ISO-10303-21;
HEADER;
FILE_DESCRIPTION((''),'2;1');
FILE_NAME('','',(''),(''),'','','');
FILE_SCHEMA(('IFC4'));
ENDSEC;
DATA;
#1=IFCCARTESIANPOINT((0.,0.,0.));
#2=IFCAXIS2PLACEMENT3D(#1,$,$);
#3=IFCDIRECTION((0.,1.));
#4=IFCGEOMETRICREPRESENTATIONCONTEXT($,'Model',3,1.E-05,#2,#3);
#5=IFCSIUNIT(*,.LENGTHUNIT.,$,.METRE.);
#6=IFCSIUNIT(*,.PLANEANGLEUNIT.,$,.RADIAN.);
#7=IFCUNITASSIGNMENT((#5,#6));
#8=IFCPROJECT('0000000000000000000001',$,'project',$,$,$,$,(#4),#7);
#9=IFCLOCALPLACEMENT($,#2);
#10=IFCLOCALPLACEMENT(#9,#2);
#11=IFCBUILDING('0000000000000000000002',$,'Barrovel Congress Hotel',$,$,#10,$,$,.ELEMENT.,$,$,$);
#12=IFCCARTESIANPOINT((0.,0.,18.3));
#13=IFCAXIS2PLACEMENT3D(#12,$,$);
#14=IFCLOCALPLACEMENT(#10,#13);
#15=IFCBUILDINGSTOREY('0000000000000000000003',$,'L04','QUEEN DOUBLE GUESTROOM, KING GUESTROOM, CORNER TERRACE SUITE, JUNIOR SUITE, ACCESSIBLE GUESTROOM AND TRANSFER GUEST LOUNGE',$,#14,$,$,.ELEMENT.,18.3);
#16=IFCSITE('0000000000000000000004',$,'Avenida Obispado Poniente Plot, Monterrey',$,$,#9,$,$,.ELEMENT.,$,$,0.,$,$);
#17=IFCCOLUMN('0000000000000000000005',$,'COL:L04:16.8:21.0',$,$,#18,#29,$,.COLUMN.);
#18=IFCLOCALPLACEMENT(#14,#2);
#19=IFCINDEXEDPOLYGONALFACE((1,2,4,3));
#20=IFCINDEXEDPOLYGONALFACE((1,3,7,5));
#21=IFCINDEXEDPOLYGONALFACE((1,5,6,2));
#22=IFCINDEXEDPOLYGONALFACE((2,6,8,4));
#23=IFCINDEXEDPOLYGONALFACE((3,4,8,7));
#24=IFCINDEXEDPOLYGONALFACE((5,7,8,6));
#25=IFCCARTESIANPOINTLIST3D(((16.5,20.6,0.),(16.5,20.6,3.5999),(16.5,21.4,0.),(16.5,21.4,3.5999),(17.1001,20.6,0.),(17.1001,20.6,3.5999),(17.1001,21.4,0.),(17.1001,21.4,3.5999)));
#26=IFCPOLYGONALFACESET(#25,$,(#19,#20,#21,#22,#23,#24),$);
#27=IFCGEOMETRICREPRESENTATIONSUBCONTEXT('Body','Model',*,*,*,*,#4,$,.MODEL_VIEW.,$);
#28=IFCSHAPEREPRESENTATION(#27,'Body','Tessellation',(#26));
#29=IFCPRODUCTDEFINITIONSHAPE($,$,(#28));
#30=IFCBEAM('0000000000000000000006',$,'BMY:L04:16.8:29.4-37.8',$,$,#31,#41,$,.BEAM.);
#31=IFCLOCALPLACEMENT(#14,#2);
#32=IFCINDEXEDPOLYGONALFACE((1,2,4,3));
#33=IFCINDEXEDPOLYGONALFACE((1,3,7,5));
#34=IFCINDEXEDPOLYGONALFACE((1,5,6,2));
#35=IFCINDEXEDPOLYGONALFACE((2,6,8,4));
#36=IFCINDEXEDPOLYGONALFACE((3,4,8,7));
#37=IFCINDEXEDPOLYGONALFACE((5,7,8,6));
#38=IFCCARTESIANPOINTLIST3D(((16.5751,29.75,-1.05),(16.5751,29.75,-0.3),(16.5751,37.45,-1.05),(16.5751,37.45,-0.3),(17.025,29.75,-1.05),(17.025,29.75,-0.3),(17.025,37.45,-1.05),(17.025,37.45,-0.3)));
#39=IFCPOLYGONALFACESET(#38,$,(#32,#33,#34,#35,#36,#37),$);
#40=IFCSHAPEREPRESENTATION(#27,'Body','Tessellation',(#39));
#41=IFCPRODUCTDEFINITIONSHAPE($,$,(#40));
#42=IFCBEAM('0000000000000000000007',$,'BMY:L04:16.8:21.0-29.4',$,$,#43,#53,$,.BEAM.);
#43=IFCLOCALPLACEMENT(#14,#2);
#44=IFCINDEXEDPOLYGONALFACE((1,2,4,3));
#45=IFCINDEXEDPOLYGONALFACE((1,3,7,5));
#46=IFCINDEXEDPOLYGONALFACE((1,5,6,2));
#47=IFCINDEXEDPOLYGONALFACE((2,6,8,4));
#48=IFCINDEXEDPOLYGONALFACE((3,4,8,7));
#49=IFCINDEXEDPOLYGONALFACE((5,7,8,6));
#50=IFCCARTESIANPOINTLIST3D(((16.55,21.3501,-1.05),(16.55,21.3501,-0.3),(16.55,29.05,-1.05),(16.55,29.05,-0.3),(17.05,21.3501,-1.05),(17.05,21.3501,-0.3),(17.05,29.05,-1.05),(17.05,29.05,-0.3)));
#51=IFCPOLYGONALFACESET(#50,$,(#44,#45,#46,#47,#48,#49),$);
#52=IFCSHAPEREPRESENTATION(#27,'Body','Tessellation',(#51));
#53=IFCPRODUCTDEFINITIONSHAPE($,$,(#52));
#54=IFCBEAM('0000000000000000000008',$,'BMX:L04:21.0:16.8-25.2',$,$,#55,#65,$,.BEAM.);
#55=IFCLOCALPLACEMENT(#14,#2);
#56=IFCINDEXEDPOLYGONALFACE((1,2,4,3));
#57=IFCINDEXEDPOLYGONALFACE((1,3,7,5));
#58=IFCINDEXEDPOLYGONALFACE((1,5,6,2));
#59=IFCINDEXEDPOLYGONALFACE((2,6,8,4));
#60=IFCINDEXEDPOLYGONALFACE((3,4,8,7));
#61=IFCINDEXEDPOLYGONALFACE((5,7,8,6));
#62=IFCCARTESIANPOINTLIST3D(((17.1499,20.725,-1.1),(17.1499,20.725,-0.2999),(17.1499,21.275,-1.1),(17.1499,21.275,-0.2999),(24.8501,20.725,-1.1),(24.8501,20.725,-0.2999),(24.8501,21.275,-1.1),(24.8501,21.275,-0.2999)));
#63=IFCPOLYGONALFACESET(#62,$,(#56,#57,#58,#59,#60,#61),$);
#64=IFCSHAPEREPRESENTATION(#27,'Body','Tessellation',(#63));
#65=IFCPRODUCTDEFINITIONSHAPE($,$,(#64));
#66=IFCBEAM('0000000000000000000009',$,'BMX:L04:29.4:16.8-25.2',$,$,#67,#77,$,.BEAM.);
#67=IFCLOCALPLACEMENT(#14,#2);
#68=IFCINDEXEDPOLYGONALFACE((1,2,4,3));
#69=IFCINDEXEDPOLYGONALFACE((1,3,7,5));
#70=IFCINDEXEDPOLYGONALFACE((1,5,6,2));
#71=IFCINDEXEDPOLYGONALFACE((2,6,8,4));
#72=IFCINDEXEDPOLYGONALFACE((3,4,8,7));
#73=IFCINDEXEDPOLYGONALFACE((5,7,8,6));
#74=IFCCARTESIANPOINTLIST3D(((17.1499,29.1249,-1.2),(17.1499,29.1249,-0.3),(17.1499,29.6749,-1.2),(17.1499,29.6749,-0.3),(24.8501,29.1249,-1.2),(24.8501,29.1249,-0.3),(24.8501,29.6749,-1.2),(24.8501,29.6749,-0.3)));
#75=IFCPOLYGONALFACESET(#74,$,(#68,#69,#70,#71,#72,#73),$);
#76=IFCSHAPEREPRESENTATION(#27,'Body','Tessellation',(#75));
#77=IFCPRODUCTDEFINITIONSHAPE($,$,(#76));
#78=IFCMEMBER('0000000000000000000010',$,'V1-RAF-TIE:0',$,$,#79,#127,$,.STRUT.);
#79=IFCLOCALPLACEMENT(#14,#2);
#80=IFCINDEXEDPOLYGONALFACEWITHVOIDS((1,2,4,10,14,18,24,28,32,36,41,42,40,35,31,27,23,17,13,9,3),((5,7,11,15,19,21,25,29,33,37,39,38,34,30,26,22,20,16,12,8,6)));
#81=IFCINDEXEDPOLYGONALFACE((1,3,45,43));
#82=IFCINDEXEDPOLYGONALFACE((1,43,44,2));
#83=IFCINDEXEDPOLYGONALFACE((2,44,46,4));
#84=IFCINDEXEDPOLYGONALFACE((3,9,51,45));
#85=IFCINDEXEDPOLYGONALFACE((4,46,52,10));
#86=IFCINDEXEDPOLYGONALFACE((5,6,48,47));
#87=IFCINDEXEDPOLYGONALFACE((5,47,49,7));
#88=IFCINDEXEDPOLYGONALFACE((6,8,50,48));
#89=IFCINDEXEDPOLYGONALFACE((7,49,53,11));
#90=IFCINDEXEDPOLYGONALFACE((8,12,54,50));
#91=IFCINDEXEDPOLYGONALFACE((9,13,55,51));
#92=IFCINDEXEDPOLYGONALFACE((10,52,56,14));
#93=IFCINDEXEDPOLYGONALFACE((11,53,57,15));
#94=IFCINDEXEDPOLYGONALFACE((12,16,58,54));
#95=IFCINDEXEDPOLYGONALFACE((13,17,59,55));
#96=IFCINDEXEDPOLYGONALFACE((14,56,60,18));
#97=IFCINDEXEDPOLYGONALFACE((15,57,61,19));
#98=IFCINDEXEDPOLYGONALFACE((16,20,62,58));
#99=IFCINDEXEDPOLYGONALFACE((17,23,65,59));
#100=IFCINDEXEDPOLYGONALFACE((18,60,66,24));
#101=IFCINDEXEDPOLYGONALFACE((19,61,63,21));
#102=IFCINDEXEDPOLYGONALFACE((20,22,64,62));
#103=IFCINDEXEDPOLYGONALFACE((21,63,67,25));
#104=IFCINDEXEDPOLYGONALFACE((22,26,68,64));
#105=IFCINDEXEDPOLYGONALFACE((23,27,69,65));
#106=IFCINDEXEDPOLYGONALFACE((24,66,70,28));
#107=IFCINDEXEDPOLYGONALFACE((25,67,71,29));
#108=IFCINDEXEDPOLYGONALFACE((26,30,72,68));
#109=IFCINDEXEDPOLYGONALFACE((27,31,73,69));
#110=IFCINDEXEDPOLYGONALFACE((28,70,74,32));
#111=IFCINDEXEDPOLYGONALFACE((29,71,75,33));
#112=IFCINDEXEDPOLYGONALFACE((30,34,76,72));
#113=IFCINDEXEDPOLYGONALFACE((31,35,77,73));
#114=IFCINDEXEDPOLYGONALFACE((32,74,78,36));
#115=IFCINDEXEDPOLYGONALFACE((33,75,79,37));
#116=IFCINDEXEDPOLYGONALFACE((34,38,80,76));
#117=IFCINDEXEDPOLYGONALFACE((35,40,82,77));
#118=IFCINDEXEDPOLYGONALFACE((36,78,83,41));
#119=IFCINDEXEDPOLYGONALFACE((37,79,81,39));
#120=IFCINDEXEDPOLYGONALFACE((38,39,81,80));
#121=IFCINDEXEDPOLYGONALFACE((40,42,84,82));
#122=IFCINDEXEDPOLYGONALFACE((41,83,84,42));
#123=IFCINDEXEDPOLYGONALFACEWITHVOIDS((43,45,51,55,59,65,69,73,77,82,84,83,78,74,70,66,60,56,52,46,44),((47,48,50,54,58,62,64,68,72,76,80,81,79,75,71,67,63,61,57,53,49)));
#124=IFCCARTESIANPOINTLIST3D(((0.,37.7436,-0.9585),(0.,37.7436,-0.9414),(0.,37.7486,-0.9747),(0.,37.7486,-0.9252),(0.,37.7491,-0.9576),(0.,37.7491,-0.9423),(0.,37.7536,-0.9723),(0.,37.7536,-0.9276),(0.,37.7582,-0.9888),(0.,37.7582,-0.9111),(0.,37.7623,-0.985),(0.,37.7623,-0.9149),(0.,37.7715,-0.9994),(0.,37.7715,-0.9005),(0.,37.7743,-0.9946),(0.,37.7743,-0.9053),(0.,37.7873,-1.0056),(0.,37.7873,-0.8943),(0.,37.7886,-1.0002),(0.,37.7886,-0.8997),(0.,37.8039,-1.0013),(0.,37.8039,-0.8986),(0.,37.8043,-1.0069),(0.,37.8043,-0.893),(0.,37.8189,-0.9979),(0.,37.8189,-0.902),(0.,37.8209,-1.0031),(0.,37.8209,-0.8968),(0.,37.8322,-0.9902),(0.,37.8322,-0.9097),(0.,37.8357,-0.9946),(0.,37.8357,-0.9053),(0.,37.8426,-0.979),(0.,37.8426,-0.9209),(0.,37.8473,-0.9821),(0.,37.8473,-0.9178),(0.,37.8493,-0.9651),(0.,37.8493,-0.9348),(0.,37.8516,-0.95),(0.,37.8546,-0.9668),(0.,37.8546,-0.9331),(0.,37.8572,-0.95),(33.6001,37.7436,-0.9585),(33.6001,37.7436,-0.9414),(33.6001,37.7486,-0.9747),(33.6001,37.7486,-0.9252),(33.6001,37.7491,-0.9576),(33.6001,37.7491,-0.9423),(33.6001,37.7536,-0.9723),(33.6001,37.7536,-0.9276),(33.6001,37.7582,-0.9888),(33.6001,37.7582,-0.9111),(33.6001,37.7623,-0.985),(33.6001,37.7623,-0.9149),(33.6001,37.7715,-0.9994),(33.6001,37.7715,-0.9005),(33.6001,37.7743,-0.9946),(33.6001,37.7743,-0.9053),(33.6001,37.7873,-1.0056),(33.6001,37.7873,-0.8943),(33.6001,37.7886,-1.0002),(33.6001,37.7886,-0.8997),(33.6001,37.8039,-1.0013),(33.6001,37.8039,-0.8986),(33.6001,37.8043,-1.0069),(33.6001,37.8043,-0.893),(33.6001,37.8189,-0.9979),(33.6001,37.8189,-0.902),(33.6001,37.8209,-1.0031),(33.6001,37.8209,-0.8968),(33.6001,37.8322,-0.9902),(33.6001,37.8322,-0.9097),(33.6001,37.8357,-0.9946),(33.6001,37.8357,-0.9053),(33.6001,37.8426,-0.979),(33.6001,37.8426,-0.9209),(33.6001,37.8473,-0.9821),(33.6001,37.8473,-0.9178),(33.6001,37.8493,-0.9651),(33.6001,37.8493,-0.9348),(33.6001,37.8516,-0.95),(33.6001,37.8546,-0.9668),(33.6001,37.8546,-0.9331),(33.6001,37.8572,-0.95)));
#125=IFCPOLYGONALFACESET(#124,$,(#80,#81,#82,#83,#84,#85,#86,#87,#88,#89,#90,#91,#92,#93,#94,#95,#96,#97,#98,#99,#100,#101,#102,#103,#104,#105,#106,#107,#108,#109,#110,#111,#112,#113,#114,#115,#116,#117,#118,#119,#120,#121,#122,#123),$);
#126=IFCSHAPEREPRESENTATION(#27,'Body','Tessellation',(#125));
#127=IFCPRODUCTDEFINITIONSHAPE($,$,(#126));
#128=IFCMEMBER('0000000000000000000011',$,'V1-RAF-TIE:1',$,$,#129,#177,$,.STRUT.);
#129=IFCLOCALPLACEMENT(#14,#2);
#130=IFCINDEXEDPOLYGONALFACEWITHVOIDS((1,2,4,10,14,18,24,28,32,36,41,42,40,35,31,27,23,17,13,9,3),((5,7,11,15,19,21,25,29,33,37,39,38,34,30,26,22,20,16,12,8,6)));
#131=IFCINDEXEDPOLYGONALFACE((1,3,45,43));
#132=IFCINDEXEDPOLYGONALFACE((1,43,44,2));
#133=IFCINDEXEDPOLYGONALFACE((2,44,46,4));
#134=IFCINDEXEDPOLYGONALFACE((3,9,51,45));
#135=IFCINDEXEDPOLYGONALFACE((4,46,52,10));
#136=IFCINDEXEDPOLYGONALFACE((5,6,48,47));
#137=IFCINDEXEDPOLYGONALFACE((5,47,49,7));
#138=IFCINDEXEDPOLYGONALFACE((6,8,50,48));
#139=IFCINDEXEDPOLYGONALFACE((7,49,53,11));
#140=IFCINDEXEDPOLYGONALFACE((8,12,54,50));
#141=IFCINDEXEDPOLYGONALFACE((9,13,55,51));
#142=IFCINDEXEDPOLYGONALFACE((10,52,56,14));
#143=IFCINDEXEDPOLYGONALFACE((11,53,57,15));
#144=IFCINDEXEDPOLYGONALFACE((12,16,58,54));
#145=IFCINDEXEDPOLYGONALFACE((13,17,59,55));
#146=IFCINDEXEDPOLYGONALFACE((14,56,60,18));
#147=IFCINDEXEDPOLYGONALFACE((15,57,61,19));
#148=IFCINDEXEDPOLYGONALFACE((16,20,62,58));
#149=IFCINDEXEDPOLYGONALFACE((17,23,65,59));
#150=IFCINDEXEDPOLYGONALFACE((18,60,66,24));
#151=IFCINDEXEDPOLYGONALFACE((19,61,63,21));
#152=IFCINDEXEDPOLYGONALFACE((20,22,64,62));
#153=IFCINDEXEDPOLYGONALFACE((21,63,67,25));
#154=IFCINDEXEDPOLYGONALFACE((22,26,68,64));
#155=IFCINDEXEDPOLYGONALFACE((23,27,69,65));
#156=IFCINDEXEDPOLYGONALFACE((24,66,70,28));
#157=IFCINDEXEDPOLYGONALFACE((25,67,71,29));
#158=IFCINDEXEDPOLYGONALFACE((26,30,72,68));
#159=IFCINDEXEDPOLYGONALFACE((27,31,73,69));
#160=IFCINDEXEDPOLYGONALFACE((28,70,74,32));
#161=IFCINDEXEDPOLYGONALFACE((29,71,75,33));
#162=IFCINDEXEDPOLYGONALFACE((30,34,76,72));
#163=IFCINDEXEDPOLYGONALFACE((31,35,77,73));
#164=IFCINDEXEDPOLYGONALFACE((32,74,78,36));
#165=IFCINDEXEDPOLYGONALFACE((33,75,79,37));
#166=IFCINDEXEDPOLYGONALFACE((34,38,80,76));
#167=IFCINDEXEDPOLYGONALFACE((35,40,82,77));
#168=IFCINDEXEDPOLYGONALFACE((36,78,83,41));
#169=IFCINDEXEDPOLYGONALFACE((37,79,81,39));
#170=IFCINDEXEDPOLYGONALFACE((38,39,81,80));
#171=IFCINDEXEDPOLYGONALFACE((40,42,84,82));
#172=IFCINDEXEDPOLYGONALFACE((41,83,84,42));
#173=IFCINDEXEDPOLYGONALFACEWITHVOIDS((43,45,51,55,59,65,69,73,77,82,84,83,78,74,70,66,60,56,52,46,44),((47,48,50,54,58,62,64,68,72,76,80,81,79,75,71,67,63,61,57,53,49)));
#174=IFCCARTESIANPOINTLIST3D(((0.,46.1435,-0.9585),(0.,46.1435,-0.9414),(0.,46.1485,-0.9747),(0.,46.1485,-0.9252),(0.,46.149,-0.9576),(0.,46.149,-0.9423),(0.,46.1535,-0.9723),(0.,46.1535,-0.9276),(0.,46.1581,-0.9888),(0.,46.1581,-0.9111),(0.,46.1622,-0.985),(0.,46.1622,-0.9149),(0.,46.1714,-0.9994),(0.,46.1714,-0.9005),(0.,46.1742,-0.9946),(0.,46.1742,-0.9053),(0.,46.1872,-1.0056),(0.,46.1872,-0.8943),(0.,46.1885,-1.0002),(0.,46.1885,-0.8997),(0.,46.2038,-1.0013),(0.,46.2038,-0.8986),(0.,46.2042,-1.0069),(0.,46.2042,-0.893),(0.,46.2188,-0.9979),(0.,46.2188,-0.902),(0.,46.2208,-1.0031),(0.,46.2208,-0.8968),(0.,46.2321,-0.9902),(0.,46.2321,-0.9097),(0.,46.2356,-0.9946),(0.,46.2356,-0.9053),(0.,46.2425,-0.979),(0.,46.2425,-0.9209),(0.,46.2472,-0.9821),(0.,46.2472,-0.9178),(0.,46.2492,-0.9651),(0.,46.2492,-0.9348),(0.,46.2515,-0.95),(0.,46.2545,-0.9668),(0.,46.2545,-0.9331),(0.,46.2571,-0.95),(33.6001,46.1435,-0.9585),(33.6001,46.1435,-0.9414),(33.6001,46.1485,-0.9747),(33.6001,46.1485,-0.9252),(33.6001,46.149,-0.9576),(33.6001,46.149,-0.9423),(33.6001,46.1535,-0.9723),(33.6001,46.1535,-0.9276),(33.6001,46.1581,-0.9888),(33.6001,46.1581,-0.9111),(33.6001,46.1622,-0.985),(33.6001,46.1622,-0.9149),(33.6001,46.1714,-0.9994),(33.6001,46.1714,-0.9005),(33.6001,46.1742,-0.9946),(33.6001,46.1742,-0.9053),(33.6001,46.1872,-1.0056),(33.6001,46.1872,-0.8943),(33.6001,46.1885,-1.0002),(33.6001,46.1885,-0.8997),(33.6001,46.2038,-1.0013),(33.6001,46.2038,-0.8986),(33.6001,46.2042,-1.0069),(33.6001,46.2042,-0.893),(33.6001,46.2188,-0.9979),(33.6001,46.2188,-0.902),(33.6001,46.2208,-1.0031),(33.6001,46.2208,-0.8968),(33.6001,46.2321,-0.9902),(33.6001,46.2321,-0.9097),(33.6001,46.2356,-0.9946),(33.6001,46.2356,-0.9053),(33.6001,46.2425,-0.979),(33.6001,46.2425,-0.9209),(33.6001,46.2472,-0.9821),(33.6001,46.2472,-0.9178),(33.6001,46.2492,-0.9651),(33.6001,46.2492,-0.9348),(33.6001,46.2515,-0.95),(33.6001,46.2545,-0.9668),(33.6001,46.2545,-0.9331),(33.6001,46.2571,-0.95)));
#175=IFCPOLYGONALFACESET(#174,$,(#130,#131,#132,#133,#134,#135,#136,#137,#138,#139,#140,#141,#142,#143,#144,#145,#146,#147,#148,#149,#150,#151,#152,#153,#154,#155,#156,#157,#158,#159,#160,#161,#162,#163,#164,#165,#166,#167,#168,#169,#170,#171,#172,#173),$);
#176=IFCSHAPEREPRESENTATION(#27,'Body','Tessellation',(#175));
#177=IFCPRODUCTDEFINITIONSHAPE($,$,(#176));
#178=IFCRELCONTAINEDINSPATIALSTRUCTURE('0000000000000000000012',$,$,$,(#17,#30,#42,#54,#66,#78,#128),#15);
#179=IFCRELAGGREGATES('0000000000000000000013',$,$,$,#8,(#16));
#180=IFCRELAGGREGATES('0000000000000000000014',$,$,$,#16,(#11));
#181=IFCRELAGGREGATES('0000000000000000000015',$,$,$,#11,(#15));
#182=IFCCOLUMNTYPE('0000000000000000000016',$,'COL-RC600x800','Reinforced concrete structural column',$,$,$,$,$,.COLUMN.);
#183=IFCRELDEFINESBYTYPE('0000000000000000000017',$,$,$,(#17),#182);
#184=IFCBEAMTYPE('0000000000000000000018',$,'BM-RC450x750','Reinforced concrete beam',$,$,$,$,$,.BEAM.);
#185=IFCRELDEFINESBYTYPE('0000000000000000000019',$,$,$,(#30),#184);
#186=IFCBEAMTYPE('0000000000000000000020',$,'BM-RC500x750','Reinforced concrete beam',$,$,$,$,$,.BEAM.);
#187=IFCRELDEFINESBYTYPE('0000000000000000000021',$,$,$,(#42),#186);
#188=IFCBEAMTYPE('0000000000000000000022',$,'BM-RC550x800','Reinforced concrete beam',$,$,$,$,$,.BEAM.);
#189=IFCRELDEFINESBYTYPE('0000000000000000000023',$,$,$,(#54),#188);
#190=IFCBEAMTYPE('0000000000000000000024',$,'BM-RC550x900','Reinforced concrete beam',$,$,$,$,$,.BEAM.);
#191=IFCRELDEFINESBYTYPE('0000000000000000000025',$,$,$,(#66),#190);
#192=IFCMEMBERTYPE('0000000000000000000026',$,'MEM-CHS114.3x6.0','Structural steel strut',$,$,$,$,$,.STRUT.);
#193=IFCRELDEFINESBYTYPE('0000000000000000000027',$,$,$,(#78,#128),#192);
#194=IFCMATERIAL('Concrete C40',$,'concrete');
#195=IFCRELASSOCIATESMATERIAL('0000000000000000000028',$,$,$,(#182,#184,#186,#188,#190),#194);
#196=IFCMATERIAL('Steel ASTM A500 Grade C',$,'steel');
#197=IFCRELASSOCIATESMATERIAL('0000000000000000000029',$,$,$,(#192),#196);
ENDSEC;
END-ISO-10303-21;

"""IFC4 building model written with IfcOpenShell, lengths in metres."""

from ifc_helpers import new_model, si_unit, direction, frame, origin, origin_2d, place, context, subcontext, project, spatial, rectangle, hollow_circle, extrude, material, material_profile, profile_set, type_object, element, save


model = new_model("IFC4")

# Units and contexts
model_context = context("Model", 3, precision=1e-05, world=origin(), true_north=direction((0.0, 1.0)))
body_context = subcontext(model_context, "Body", "Model", "MODEL_VIEW")
ifc_project = project(units=[si_unit("LENGTHUNIT", "METRE"), si_unit("PLANEANGLEUNIT", "RADIAN")], contexts=[model_context])

# Site, building, storey
site_placement = place(None, origin())
site = spatial("IfcSite", under=ifc_project, at=site_placement, Name="Avenida Obispado Poniente Plot, Monterrey", CompositionType="ELEMENT", RefElevation=0.0)
building_placement = place(site_placement, origin())
building = spatial("IfcBuilding", under=site, at=building_placement, Name="Barrovel Congress Hotel", CompositionType="ELEMENT")
storey_placement = place(building_placement, frame((0.0, 0.0, 18.3)))
storey = spatial("IfcBuildingStorey", under=building, at=storey_placement, Name="L04", Description="QUEEN DOUBLE GUESTROOM, KING GUESTROOM, CORNER TERRACE SUITE, JUNIOR SUITE, ACCESSIBLE GUESTROOM AND TRANSFER GUEST LOUNGE", CompositionType="ELEMENT", Elevation=18.3)

# Column
ifc_material_1 = material(Name="Concrete C40", Category="concrete")
ifc_material_profile_1 = material_profile(ifc_material_1, rectangle(XDim=0.6001, YDim=0.8, at=origin_2d()), Name="RC600x800")
ifc_profile_set_1 = profile_set([ifc_material_profile_1], Name="Concrete C40")
column_type = type_object("IfcColumnType", Name="COL-RC600x800", Description="Reinforced concrete structural column", PredefinedType="COLUMN", material=ifc_profile_set_1)
column_placement = place(storey_placement, frame((16.8, 21.0, 0.0), z_axis=(0.0, 0.0, 1.0), x_axis=(1.0, 0.0, 0.0)))
element("IfcColumn", 1, at=column_placement, inside=storey, type_object=column_type, Name="COL:L04:16.8:21.0", PredefinedType="COLUMN", context=body_context, shape_type="SweptSolid", body=[
    extrude(rectangle(XDim=0.6001, YDim=0.8, at=origin_2d()), origin(), (0.0, 0.0, 1.0), 3.5999),
])

# Beams
ifc_material_profile_2 = material_profile(ifc_material_1, rectangle(XDim=0.45, YDim=0.75, at=origin_2d()), Name="RC450x750")
ifc_profile_set_2 = profile_set([ifc_material_profile_2], Name="Concrete C40")
beam_type_1 = type_object("IfcBeamType", Name="BM-RC450x750", Description="Reinforced concrete beam", PredefinedType="BEAM", material=ifc_profile_set_2)
beam_1_placement = place(storey_placement, frame((16.8, 29.75, -0.675), z_axis=(0.0, 1.0, 0.0), x_axis=(-1.0, 0.0, 0.0)))
element("IfcBeam", 2, at=beam_1_placement, inside=storey, type_object=beam_type_1, Name="BMY:L04:16.8:29.4-37.8", PredefinedType="BEAM", context=body_context, shape_type="SweptSolid", body=[
    extrude(rectangle(XDim=0.45, YDim=0.75, at=origin_2d()), origin(), (0.0, 0.0, 1.0), 7.7),
])
ifc_material_profile_3 = material_profile(ifc_material_1, rectangle(XDim=0.5, YDim=0.75, at=origin_2d()), Name="RC500x750")
ifc_profile_set_3 = profile_set([ifc_material_profile_3], Name="Concrete C40")
beam_type_2 = type_object("IfcBeamType", Name="BM-RC500x750", Description="Reinforced concrete beam", PredefinedType="BEAM", material=ifc_profile_set_3)
beam_2_placement = place(storey_placement, frame((16.8, 21.3501, -0.675), z_axis=(0.0, 1.0, 0.0), x_axis=(-1.0, 0.0, 0.0)))
element("IfcBeam", 3, at=beam_2_placement, inside=storey, type_object=beam_type_2, Name="BMY:L04:16.8:21.0-29.4", PredefinedType="BEAM", context=body_context, shape_type="SweptSolid", body=[
    extrude(rectangle(XDim=0.5, YDim=0.75, at=origin_2d()), origin(), (0.0, 0.0, 1.0), 7.7),
])
ifc_material_profile_4 = material_profile(ifc_material_1, rectangle(XDim=0.55, YDim=0.8, at=origin_2d()), Name="RC550x800")
ifc_profile_set_4 = profile_set([ifc_material_profile_4], Name="Concrete C40")
beam_type_3 = type_object("IfcBeamType", Name="BM-RC550x800", Description="Reinforced concrete beam", PredefinedType="BEAM", material=ifc_profile_set_4)
beam_3_placement = place(storey_placement, frame((17.1499, 21.0, -0.7), z_axis=(1.0, 0.0, 0.0), x_axis=(0.0, 1.0, 0.0)))
element("IfcBeam", 4, at=beam_3_placement, inside=storey, type_object=beam_type_3, Name="BMX:L04:21.0:16.8-25.2", PredefinedType="BEAM", context=body_context, shape_type="SweptSolid", body=[
    extrude(rectangle(XDim=0.55, YDim=0.8, at=origin_2d()), origin(), (0.0, 0.0, 1.0), 7.7002),
])
ifc_material_profile_5 = material_profile(ifc_material_1, rectangle(XDim=0.55, YDim=0.8999, at=origin_2d()), Name="RC550x900")
ifc_profile_set_5 = profile_set([ifc_material_profile_5], Name="Concrete C40")
beam_type_4 = type_object("IfcBeamType", Name="BM-RC550x900", Description="Reinforced concrete beam", PredefinedType="BEAM", material=ifc_profile_set_5)
beam_4_placement = place(storey_placement, frame((17.1499, 29.3999, -0.75), z_axis=(1.0, 0.0, 0.0), x_axis=(0.0, 1.0, 0.0)))
element("IfcBeam", 5, at=beam_4_placement, inside=storey, type_object=beam_type_4, Name="BMX:L04:29.4:16.8-25.2", PredefinedType="BEAM", context=body_context, shape_type="SweptSolid", body=[
    extrude(rectangle(XDim=0.55, YDim=0.8999, at=origin_2d()), origin(), (0.0, 0.0, 1.0), 7.7002),
])

# Members
ifc_material_2 = material(Name="Steel ASTM A500 Grade C", Category="steel")
ifc_material_profile_6 = material_profile(ifc_material_2, hollow_circle(Radius=0.0571, WallThickness=0.0056, at=origin_2d()), Name="CHS114.3x6.0")
ifc_profile_set_6 = profile_set([ifc_material_profile_6], Name="Steel ASTM A500 Grade C")
member_type_1 = type_object("IfcMemberType", Name="MEM-CHS114.3x6.0", Description="Structural steel strut", PredefinedType="STRUT", material=ifc_profile_set_6)
for number, where, z_axis, x_axis, name in (
    (6, (0.0, 37.8, -0.95), (1.0, 0.0, 0.0), (0.0, 1.0, 0.0), "V1-RAF-TIE:0"),
    (7, (0.0, 46.2, -0.95), (1.0, 0.0, 0.0), (0.0, 1.0, 0.0), "V1-RAF-TIE:1"),
):
    element("IfcMember", number, at=place(storey_placement, frame(where, z_axis=z_axis, x_axis=x_axis)), inside=storey, type_object=member_type_1, Name=name, PredefinedType="STRUT", context=body_context, shape_type="SweptSolid", body=[
        extrude(hollow_circle(Radius=0.0571, WallThickness=0.0056, at=origin_2d()), origin(), (0.0, 0.0, 1.0), 33.6001),
    ])

save(model, "model.ifc")
